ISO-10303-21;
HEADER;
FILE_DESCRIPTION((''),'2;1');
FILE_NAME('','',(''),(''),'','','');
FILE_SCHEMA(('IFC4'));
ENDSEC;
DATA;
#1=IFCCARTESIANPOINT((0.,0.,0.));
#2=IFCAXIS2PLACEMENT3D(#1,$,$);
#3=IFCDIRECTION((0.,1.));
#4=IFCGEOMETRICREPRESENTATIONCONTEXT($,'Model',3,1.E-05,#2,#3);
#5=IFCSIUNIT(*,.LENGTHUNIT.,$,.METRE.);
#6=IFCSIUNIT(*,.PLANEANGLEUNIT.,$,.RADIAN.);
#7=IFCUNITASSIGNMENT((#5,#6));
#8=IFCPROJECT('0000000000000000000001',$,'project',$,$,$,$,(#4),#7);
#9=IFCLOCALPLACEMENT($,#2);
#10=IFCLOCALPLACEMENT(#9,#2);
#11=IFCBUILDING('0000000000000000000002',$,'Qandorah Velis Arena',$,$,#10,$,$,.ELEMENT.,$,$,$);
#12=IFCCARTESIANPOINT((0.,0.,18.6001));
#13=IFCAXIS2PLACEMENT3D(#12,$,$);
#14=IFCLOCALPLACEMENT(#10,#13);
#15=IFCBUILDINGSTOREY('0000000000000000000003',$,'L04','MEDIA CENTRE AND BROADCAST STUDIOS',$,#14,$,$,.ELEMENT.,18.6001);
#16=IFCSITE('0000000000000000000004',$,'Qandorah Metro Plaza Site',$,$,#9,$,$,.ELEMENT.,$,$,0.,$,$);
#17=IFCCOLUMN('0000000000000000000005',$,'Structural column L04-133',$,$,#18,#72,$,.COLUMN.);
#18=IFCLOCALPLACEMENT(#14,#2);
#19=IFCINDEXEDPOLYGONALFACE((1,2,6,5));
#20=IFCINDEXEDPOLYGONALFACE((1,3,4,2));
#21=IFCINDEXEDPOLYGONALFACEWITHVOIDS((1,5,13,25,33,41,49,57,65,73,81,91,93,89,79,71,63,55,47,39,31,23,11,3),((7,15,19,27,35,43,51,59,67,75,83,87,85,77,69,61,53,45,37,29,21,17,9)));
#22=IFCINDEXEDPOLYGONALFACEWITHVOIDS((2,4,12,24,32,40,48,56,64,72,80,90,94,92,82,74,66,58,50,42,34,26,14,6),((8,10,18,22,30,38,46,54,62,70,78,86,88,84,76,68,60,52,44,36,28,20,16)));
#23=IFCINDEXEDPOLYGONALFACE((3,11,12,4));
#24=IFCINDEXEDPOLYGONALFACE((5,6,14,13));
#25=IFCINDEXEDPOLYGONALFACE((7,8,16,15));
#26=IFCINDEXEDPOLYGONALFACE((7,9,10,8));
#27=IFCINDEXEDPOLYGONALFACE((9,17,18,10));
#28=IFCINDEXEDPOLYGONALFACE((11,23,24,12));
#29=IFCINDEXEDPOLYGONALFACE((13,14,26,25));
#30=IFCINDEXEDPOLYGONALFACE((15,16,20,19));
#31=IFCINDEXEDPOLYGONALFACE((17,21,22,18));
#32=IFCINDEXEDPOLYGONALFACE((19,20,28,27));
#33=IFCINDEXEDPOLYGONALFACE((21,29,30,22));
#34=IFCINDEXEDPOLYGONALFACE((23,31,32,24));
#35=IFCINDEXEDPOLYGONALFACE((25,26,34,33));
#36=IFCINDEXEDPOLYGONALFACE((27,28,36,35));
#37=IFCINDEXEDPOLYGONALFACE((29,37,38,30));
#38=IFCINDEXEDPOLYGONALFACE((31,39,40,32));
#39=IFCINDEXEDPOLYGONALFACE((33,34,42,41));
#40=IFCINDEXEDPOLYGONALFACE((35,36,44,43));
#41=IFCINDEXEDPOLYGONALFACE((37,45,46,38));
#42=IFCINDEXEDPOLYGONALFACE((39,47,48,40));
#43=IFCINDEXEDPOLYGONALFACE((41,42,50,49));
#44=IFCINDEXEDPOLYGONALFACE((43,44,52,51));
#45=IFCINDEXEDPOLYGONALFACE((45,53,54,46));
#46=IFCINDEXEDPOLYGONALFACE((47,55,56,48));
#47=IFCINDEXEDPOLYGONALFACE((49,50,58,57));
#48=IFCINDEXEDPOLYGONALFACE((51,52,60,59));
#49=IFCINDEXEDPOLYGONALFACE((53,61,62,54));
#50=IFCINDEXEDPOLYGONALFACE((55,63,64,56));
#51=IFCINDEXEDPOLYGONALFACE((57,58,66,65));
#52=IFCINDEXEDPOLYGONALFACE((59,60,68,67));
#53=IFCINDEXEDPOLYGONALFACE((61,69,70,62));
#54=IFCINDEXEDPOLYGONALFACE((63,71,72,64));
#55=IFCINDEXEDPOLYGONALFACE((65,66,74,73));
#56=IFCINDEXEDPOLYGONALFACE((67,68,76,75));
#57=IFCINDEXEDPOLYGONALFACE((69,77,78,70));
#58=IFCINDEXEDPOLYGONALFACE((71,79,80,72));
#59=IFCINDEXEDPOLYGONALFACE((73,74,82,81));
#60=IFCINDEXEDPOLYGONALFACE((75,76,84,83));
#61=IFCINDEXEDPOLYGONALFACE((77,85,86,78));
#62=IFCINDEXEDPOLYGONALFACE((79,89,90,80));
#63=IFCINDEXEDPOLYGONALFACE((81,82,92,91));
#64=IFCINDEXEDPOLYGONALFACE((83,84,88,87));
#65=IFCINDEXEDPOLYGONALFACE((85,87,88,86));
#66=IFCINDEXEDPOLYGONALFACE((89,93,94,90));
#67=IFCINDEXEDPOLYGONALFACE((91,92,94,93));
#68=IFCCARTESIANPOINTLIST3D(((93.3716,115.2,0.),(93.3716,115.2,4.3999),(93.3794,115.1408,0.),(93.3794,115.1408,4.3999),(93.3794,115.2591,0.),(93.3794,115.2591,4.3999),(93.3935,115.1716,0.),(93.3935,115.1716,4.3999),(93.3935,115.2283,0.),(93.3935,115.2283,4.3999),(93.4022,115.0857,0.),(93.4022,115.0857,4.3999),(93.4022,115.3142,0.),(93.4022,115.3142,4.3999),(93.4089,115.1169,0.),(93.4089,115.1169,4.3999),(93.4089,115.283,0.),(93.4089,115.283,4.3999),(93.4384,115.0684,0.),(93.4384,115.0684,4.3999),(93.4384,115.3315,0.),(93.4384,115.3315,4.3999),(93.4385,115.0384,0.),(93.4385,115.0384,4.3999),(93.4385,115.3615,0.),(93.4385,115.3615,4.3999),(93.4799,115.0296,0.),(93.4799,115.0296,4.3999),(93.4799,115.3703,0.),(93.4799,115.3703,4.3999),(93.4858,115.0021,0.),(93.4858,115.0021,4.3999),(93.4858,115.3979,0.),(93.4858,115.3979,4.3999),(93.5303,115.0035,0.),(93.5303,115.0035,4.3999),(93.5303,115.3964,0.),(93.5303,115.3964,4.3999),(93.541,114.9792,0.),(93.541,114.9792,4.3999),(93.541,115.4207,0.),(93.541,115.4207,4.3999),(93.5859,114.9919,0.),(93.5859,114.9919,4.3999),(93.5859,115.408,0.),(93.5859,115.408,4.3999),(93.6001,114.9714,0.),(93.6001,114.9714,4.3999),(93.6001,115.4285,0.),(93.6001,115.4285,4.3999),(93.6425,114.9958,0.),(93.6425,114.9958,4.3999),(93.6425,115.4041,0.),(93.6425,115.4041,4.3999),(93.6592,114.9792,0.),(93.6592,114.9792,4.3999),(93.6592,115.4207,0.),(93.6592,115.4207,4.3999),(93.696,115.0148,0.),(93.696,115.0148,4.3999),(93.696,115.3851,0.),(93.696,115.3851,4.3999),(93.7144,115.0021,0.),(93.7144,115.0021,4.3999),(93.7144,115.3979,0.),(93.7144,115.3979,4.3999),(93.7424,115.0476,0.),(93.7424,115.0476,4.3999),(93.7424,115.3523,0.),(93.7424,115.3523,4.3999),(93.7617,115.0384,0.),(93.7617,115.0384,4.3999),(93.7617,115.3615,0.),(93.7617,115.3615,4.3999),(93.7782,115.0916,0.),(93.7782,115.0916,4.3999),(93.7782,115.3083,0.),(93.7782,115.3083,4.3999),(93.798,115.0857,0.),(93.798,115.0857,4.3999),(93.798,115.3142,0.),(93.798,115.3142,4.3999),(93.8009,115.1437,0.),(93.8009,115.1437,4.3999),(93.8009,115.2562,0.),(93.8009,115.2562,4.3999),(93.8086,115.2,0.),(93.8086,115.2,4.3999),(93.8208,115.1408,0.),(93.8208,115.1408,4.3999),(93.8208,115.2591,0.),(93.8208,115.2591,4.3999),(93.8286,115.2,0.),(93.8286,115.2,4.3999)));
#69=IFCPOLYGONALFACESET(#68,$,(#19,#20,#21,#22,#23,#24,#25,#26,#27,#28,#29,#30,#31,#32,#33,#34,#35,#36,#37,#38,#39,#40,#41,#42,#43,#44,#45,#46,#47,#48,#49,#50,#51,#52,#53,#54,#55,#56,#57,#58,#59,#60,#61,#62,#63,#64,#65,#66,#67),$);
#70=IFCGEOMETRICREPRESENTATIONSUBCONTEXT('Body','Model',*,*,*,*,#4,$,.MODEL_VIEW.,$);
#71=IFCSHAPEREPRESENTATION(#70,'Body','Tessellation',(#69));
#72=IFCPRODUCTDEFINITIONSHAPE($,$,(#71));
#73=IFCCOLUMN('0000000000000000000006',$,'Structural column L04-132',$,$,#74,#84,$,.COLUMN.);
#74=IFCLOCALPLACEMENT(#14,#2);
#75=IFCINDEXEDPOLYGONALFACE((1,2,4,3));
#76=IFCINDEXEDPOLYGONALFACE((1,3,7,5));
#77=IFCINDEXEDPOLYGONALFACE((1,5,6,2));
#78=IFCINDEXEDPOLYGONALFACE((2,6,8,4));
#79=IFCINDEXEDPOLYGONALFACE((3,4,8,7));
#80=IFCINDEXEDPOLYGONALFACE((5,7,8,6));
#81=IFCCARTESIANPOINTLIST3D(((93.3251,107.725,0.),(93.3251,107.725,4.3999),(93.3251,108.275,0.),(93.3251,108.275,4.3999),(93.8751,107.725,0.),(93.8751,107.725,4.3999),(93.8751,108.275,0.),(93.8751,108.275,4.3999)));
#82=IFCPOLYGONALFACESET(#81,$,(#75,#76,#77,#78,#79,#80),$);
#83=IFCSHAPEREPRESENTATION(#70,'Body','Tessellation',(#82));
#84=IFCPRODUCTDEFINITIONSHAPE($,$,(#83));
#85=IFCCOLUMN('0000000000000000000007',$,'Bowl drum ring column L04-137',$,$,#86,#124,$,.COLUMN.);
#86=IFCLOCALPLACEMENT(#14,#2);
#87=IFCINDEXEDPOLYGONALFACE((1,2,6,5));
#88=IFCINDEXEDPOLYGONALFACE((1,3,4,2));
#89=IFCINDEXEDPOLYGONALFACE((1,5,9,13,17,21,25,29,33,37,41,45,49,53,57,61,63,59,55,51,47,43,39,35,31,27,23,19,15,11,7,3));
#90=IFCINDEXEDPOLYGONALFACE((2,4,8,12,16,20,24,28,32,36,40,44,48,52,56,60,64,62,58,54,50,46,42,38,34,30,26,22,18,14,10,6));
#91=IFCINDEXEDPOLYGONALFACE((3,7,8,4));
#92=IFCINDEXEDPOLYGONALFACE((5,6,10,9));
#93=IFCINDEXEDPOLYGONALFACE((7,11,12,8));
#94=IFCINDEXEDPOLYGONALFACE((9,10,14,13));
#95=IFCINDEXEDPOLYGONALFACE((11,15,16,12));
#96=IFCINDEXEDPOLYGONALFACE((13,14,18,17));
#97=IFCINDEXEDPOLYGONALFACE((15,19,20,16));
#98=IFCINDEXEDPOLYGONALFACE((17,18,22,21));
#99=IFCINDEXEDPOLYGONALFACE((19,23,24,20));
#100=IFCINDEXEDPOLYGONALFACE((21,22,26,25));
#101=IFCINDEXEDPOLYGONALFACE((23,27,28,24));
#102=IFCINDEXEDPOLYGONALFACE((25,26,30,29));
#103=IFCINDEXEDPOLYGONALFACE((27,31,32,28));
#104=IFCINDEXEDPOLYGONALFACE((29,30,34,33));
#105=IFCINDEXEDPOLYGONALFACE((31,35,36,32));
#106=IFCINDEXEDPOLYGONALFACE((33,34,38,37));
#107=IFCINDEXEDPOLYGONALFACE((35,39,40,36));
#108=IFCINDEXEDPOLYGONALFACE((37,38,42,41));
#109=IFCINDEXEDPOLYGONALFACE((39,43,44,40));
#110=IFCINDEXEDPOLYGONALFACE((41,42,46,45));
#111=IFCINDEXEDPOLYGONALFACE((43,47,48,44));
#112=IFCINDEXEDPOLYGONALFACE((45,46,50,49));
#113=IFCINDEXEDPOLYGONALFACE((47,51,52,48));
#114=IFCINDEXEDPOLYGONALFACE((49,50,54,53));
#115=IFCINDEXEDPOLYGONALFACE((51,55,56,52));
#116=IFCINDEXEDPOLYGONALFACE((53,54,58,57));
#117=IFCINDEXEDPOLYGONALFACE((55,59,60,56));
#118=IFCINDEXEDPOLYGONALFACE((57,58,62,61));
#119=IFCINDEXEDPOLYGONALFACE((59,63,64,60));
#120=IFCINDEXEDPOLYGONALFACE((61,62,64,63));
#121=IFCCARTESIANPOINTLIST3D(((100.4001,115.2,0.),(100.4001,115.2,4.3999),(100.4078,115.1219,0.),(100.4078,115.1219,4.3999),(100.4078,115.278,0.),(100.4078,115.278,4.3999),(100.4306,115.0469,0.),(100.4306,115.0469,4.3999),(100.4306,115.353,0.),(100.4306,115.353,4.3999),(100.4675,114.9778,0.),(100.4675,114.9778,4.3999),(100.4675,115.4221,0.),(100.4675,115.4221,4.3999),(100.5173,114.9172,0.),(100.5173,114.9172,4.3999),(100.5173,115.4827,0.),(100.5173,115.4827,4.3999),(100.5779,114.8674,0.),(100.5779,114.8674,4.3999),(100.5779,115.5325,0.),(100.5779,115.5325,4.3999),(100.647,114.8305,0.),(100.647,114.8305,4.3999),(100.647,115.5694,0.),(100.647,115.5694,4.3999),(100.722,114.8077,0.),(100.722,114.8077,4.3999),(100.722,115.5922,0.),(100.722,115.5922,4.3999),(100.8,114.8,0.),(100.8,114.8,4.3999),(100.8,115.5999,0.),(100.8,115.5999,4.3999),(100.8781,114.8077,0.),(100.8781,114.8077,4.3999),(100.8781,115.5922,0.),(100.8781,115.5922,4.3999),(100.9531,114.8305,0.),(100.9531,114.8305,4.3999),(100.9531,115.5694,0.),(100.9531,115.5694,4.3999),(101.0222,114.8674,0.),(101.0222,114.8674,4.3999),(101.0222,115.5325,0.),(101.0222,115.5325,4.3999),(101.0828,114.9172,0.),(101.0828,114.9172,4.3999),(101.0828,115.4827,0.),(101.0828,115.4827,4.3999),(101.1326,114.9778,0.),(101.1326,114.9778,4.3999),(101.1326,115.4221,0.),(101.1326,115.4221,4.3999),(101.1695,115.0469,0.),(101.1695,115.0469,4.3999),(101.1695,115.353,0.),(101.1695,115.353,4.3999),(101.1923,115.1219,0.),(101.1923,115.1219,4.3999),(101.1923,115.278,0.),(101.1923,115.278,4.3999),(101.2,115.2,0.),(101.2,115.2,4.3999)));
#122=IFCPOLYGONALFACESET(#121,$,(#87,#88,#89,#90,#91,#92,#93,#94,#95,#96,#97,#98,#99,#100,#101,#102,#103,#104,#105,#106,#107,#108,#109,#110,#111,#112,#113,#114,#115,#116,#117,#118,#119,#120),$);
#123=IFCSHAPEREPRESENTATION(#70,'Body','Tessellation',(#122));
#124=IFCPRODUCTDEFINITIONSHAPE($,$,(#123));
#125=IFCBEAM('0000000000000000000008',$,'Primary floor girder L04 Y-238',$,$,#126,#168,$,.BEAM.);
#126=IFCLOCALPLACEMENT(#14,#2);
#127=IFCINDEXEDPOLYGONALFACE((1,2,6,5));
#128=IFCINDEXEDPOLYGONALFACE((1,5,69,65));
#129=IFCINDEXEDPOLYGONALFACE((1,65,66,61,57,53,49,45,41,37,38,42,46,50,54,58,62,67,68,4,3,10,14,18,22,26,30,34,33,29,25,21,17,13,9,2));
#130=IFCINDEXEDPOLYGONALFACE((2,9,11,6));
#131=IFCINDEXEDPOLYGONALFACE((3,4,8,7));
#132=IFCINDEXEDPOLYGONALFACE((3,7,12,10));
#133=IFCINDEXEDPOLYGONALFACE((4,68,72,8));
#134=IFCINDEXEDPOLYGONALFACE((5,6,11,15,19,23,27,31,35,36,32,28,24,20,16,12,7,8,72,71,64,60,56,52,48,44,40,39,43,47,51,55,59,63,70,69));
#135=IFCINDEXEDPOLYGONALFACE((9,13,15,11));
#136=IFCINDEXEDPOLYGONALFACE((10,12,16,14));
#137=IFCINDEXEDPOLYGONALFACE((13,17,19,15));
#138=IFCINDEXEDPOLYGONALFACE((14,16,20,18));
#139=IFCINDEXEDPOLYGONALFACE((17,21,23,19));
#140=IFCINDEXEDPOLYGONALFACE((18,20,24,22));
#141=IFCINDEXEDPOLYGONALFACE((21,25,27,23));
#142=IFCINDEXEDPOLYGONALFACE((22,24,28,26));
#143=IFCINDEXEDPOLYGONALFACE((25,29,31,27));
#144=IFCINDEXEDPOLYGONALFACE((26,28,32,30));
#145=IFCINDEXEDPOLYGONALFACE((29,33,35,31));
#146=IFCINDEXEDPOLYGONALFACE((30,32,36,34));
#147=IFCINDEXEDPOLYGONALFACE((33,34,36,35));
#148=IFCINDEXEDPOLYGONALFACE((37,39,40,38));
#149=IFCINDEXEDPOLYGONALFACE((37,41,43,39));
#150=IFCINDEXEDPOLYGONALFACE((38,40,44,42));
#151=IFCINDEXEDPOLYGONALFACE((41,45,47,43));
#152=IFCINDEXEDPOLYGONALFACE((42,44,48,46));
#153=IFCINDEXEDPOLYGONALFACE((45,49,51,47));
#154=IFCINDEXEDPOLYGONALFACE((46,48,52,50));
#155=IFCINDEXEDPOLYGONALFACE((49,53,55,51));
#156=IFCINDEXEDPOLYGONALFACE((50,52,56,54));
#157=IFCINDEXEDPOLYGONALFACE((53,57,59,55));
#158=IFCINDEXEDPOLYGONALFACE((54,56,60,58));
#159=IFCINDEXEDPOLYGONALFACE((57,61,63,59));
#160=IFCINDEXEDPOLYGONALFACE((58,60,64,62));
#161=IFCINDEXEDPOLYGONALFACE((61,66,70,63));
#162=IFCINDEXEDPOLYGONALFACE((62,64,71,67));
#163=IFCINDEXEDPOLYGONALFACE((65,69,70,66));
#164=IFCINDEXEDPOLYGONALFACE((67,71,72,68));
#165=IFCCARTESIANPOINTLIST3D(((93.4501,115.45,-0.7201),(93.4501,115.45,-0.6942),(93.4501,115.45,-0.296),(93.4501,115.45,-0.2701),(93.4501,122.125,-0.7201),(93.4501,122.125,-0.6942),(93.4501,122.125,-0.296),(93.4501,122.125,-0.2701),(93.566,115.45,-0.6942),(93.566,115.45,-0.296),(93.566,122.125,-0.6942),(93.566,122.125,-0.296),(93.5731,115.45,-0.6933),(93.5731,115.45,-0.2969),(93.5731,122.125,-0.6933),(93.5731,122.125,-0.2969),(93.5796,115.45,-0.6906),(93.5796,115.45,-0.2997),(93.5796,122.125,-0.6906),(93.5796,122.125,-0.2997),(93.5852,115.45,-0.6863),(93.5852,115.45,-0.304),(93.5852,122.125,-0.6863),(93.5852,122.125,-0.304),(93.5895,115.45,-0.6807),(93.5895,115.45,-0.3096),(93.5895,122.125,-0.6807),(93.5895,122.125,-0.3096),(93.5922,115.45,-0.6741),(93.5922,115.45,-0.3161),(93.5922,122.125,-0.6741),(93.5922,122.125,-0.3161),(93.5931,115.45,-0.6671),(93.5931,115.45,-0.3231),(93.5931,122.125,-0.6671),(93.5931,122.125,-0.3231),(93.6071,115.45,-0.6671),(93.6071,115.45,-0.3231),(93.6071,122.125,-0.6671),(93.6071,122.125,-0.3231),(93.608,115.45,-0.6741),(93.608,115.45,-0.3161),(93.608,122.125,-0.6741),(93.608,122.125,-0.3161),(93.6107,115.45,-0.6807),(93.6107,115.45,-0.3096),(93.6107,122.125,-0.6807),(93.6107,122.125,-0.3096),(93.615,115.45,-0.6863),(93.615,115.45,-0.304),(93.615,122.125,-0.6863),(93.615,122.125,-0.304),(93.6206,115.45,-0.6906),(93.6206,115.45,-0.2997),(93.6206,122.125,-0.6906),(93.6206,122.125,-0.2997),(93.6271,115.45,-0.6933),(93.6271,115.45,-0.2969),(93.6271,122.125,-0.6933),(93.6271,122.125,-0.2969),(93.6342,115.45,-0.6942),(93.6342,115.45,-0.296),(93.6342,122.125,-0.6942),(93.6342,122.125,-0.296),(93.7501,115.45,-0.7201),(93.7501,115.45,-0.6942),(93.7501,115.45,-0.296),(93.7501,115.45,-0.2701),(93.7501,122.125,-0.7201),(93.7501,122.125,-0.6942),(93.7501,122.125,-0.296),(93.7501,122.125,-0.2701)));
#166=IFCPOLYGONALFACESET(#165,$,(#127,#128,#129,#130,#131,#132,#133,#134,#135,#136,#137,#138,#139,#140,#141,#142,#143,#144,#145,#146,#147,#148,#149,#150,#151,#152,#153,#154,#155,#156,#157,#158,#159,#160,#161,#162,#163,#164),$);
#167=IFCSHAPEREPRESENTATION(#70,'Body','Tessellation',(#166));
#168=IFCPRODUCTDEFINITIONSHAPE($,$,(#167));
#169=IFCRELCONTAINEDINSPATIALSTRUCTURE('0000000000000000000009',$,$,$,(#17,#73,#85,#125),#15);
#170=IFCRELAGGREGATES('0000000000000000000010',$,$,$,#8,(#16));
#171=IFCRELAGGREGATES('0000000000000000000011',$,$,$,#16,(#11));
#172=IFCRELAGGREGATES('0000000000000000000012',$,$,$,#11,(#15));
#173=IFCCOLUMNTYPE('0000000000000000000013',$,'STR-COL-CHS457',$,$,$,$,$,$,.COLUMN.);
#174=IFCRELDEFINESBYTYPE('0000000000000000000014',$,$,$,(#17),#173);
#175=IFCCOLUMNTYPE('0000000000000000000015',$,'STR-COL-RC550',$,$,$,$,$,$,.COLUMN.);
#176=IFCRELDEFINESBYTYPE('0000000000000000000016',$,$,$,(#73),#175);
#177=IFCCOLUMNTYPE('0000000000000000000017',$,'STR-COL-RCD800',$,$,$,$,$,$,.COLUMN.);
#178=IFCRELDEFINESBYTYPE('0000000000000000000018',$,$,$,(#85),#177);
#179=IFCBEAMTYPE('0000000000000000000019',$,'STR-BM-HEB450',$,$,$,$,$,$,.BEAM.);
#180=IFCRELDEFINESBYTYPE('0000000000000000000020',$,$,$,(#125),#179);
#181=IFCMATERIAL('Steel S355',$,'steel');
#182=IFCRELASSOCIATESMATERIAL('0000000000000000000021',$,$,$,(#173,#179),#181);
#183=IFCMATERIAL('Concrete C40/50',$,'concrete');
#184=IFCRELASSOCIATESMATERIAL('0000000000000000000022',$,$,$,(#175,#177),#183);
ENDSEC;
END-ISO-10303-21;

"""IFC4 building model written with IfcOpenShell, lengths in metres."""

from ifc_helpers import new_model, si_unit, direction, frame, origin, origin_2d, place, context, subcontext, project, spatial, rectangle, circle, hollow_circle, i_section, extrude, material, material_profile, profile_set, type_object, element, save


model = new_model("IFC4")

# Units and contexts
model_context = context("Model", 3, precision=1e-05, world=origin(), true_north=direction((0.0, 1.0)))
body_context = subcontext(model_context, "Body", "Model", "MODEL_VIEW")
ifc_project = project(units=[si_unit("LENGTHUNIT", "METRE"), si_unit("PLANEANGLEUNIT", "RADIAN")], contexts=[model_context])

# Site, building, storey
site_placement = place(None, origin())
site = spatial("IfcSite", under=ifc_project, at=site_placement, Name="Qandorah Metro Plaza Site", CompositionType="ELEMENT", RefElevation=0.0)
building_placement = place(site_placement, origin())
building = spatial("IfcBuilding", under=site, at=building_placement, Name="Qandorah Velis Arena", CompositionType="ELEMENT")
storey_placement = place(building_placement, frame((0.0, 0.0, 18.6001)))
storey = spatial("IfcBuildingStorey", under=building, at=storey_placement, Name="L04", Description="MEDIA CENTRE AND BROADCAST STUDIOS", CompositionType="ELEMENT", Elevation=18.6001)

# Columns
ifc_material_1 = material(Name="Steel S355", Category="steel")
ifc_material_profile_1 = material_profile(ifc_material_1, hollow_circle(Radius=0.2285, WallThickness=0.02, at=origin_2d()), Name="CHS 457x20")
ifc_profile_set_1 = profile_set([ifc_material_profile_1], Name="Steel S355")
column_type_1 = type_object("IfcColumnType", Name="STR-COL-CHS457", PredefinedType="COLUMN", material=ifc_profile_set_1)
column_1_placement = place(storey_placement, frame((93.6001, 115.2, 0.0), z_axis=(0.0, 0.0, 1.0), x_axis=(1.0, 0.0, 0.0)))
element("IfcColumn", 1, at=column_1_placement, inside=storey, type_object=column_type_1, Name="Structural column L04-133", PredefinedType="COLUMN", context=body_context, shape_type="SweptSolid", body=[
    extrude(hollow_circle(Radius=0.2285, WallThickness=0.02, at=origin_2d()), origin(), (0.0, 0.0, 1.0), 4.3999),
])
ifc_material_2 = material(Name="Concrete C40/50", Category="concrete")
ifc_material_profile_2 = material_profile(ifc_material_2, rectangle(XDim=0.55, YDim=0.55, at=origin_2d()), Name="RC COL 550x550")
ifc_profile_set_2 = profile_set([ifc_material_profile_2], Name="Concrete C40/50")
column_type_2 = type_object("IfcColumnType", Name="STR-COL-RC550", PredefinedType="COLUMN", material=ifc_profile_set_2)
column_2_placement = place(storey_placement, frame((93.6001, 108.0, 0.0), z_axis=(0.0, 0.0, 1.0), x_axis=(1.0, 0.0, 0.0)))
element("IfcColumn", 2, at=column_2_placement, inside=storey, type_object=column_type_2, Name="Structural column L04-132", PredefinedType="COLUMN", context=body_context, shape_type="SweptSolid", body=[
    extrude(rectangle(XDim=0.55, YDim=0.55, at=origin_2d()), origin(), (0.0, 0.0, 1.0), 4.3999),
])
ifc_material_profile_3 = material_profile(ifc_material_2, circle(Radius=0.3999, at=origin_2d()), Name="RC D800")
ifc_profile_set_3 = profile_set([ifc_material_profile_3], Name="Concrete C40/50")
column_type_3 = type_object("IfcColumnType", Name="STR-COL-RCD800", PredefinedType="COLUMN", material=ifc_profile_set_3)
column_3_placement = place(storey_placement, frame((100.8, 115.2, 0.0), z_axis=(0.0, 0.0, 1.0), x_axis=(1.0, 0.0, 0.0)))
element("IfcColumn", 3, at=column_3_placement, inside=storey, type_object=column_type_3, Name="Bowl drum ring column L04-137", PredefinedType="COLUMN", context=body_context, shape_type="SweptSolid", body=[
    extrude(circle(Radius=0.3999, at=origin_2d()), origin(), (0.0, 0.0, 1.0), 4.3999),
])

# Beam
ifc_material_profile_4 = material_profile(ifc_material_1, i_section(OverallWidth=0.3, OverallDepth=0.45, WebThickness=0.0139, FlangeThickness=0.0259, FilletRadius=0.0271, at=origin_2d()), Name="HEB 450")
ifc_profile_set_4 = profile_set([ifc_material_profile_4], Name="Steel S355")
beam_type_1 = type_object("IfcBeamType", Name="STR-BM-HEB450", PredefinedType="BEAM", material=ifc_profile_set_4)
beam_1_placement = place(storey_placement, frame((93.6001, 115.45, -0.4951), z_axis=(0.0, 1.0, 0.0), x_axis=(-1.0, 0.0, 0.0)))
element("IfcBeam", 4, at=beam_1_placement, inside=storey, type_object=beam_type_1, Name="Primary floor girder L04 Y-238", PredefinedType="BEAM", context=body_context, shape_type="SweptSolid", body=[
    extrude(i_section(OverallWidth=0.3, OverallDepth=0.45, WebThickness=0.0139, FlangeThickness=0.0259, FilletRadius=0.0271, at=origin_2d()), origin(), (0.0, 0.0, 1.0), 6.675),
])

save(model, "model.ifc")
